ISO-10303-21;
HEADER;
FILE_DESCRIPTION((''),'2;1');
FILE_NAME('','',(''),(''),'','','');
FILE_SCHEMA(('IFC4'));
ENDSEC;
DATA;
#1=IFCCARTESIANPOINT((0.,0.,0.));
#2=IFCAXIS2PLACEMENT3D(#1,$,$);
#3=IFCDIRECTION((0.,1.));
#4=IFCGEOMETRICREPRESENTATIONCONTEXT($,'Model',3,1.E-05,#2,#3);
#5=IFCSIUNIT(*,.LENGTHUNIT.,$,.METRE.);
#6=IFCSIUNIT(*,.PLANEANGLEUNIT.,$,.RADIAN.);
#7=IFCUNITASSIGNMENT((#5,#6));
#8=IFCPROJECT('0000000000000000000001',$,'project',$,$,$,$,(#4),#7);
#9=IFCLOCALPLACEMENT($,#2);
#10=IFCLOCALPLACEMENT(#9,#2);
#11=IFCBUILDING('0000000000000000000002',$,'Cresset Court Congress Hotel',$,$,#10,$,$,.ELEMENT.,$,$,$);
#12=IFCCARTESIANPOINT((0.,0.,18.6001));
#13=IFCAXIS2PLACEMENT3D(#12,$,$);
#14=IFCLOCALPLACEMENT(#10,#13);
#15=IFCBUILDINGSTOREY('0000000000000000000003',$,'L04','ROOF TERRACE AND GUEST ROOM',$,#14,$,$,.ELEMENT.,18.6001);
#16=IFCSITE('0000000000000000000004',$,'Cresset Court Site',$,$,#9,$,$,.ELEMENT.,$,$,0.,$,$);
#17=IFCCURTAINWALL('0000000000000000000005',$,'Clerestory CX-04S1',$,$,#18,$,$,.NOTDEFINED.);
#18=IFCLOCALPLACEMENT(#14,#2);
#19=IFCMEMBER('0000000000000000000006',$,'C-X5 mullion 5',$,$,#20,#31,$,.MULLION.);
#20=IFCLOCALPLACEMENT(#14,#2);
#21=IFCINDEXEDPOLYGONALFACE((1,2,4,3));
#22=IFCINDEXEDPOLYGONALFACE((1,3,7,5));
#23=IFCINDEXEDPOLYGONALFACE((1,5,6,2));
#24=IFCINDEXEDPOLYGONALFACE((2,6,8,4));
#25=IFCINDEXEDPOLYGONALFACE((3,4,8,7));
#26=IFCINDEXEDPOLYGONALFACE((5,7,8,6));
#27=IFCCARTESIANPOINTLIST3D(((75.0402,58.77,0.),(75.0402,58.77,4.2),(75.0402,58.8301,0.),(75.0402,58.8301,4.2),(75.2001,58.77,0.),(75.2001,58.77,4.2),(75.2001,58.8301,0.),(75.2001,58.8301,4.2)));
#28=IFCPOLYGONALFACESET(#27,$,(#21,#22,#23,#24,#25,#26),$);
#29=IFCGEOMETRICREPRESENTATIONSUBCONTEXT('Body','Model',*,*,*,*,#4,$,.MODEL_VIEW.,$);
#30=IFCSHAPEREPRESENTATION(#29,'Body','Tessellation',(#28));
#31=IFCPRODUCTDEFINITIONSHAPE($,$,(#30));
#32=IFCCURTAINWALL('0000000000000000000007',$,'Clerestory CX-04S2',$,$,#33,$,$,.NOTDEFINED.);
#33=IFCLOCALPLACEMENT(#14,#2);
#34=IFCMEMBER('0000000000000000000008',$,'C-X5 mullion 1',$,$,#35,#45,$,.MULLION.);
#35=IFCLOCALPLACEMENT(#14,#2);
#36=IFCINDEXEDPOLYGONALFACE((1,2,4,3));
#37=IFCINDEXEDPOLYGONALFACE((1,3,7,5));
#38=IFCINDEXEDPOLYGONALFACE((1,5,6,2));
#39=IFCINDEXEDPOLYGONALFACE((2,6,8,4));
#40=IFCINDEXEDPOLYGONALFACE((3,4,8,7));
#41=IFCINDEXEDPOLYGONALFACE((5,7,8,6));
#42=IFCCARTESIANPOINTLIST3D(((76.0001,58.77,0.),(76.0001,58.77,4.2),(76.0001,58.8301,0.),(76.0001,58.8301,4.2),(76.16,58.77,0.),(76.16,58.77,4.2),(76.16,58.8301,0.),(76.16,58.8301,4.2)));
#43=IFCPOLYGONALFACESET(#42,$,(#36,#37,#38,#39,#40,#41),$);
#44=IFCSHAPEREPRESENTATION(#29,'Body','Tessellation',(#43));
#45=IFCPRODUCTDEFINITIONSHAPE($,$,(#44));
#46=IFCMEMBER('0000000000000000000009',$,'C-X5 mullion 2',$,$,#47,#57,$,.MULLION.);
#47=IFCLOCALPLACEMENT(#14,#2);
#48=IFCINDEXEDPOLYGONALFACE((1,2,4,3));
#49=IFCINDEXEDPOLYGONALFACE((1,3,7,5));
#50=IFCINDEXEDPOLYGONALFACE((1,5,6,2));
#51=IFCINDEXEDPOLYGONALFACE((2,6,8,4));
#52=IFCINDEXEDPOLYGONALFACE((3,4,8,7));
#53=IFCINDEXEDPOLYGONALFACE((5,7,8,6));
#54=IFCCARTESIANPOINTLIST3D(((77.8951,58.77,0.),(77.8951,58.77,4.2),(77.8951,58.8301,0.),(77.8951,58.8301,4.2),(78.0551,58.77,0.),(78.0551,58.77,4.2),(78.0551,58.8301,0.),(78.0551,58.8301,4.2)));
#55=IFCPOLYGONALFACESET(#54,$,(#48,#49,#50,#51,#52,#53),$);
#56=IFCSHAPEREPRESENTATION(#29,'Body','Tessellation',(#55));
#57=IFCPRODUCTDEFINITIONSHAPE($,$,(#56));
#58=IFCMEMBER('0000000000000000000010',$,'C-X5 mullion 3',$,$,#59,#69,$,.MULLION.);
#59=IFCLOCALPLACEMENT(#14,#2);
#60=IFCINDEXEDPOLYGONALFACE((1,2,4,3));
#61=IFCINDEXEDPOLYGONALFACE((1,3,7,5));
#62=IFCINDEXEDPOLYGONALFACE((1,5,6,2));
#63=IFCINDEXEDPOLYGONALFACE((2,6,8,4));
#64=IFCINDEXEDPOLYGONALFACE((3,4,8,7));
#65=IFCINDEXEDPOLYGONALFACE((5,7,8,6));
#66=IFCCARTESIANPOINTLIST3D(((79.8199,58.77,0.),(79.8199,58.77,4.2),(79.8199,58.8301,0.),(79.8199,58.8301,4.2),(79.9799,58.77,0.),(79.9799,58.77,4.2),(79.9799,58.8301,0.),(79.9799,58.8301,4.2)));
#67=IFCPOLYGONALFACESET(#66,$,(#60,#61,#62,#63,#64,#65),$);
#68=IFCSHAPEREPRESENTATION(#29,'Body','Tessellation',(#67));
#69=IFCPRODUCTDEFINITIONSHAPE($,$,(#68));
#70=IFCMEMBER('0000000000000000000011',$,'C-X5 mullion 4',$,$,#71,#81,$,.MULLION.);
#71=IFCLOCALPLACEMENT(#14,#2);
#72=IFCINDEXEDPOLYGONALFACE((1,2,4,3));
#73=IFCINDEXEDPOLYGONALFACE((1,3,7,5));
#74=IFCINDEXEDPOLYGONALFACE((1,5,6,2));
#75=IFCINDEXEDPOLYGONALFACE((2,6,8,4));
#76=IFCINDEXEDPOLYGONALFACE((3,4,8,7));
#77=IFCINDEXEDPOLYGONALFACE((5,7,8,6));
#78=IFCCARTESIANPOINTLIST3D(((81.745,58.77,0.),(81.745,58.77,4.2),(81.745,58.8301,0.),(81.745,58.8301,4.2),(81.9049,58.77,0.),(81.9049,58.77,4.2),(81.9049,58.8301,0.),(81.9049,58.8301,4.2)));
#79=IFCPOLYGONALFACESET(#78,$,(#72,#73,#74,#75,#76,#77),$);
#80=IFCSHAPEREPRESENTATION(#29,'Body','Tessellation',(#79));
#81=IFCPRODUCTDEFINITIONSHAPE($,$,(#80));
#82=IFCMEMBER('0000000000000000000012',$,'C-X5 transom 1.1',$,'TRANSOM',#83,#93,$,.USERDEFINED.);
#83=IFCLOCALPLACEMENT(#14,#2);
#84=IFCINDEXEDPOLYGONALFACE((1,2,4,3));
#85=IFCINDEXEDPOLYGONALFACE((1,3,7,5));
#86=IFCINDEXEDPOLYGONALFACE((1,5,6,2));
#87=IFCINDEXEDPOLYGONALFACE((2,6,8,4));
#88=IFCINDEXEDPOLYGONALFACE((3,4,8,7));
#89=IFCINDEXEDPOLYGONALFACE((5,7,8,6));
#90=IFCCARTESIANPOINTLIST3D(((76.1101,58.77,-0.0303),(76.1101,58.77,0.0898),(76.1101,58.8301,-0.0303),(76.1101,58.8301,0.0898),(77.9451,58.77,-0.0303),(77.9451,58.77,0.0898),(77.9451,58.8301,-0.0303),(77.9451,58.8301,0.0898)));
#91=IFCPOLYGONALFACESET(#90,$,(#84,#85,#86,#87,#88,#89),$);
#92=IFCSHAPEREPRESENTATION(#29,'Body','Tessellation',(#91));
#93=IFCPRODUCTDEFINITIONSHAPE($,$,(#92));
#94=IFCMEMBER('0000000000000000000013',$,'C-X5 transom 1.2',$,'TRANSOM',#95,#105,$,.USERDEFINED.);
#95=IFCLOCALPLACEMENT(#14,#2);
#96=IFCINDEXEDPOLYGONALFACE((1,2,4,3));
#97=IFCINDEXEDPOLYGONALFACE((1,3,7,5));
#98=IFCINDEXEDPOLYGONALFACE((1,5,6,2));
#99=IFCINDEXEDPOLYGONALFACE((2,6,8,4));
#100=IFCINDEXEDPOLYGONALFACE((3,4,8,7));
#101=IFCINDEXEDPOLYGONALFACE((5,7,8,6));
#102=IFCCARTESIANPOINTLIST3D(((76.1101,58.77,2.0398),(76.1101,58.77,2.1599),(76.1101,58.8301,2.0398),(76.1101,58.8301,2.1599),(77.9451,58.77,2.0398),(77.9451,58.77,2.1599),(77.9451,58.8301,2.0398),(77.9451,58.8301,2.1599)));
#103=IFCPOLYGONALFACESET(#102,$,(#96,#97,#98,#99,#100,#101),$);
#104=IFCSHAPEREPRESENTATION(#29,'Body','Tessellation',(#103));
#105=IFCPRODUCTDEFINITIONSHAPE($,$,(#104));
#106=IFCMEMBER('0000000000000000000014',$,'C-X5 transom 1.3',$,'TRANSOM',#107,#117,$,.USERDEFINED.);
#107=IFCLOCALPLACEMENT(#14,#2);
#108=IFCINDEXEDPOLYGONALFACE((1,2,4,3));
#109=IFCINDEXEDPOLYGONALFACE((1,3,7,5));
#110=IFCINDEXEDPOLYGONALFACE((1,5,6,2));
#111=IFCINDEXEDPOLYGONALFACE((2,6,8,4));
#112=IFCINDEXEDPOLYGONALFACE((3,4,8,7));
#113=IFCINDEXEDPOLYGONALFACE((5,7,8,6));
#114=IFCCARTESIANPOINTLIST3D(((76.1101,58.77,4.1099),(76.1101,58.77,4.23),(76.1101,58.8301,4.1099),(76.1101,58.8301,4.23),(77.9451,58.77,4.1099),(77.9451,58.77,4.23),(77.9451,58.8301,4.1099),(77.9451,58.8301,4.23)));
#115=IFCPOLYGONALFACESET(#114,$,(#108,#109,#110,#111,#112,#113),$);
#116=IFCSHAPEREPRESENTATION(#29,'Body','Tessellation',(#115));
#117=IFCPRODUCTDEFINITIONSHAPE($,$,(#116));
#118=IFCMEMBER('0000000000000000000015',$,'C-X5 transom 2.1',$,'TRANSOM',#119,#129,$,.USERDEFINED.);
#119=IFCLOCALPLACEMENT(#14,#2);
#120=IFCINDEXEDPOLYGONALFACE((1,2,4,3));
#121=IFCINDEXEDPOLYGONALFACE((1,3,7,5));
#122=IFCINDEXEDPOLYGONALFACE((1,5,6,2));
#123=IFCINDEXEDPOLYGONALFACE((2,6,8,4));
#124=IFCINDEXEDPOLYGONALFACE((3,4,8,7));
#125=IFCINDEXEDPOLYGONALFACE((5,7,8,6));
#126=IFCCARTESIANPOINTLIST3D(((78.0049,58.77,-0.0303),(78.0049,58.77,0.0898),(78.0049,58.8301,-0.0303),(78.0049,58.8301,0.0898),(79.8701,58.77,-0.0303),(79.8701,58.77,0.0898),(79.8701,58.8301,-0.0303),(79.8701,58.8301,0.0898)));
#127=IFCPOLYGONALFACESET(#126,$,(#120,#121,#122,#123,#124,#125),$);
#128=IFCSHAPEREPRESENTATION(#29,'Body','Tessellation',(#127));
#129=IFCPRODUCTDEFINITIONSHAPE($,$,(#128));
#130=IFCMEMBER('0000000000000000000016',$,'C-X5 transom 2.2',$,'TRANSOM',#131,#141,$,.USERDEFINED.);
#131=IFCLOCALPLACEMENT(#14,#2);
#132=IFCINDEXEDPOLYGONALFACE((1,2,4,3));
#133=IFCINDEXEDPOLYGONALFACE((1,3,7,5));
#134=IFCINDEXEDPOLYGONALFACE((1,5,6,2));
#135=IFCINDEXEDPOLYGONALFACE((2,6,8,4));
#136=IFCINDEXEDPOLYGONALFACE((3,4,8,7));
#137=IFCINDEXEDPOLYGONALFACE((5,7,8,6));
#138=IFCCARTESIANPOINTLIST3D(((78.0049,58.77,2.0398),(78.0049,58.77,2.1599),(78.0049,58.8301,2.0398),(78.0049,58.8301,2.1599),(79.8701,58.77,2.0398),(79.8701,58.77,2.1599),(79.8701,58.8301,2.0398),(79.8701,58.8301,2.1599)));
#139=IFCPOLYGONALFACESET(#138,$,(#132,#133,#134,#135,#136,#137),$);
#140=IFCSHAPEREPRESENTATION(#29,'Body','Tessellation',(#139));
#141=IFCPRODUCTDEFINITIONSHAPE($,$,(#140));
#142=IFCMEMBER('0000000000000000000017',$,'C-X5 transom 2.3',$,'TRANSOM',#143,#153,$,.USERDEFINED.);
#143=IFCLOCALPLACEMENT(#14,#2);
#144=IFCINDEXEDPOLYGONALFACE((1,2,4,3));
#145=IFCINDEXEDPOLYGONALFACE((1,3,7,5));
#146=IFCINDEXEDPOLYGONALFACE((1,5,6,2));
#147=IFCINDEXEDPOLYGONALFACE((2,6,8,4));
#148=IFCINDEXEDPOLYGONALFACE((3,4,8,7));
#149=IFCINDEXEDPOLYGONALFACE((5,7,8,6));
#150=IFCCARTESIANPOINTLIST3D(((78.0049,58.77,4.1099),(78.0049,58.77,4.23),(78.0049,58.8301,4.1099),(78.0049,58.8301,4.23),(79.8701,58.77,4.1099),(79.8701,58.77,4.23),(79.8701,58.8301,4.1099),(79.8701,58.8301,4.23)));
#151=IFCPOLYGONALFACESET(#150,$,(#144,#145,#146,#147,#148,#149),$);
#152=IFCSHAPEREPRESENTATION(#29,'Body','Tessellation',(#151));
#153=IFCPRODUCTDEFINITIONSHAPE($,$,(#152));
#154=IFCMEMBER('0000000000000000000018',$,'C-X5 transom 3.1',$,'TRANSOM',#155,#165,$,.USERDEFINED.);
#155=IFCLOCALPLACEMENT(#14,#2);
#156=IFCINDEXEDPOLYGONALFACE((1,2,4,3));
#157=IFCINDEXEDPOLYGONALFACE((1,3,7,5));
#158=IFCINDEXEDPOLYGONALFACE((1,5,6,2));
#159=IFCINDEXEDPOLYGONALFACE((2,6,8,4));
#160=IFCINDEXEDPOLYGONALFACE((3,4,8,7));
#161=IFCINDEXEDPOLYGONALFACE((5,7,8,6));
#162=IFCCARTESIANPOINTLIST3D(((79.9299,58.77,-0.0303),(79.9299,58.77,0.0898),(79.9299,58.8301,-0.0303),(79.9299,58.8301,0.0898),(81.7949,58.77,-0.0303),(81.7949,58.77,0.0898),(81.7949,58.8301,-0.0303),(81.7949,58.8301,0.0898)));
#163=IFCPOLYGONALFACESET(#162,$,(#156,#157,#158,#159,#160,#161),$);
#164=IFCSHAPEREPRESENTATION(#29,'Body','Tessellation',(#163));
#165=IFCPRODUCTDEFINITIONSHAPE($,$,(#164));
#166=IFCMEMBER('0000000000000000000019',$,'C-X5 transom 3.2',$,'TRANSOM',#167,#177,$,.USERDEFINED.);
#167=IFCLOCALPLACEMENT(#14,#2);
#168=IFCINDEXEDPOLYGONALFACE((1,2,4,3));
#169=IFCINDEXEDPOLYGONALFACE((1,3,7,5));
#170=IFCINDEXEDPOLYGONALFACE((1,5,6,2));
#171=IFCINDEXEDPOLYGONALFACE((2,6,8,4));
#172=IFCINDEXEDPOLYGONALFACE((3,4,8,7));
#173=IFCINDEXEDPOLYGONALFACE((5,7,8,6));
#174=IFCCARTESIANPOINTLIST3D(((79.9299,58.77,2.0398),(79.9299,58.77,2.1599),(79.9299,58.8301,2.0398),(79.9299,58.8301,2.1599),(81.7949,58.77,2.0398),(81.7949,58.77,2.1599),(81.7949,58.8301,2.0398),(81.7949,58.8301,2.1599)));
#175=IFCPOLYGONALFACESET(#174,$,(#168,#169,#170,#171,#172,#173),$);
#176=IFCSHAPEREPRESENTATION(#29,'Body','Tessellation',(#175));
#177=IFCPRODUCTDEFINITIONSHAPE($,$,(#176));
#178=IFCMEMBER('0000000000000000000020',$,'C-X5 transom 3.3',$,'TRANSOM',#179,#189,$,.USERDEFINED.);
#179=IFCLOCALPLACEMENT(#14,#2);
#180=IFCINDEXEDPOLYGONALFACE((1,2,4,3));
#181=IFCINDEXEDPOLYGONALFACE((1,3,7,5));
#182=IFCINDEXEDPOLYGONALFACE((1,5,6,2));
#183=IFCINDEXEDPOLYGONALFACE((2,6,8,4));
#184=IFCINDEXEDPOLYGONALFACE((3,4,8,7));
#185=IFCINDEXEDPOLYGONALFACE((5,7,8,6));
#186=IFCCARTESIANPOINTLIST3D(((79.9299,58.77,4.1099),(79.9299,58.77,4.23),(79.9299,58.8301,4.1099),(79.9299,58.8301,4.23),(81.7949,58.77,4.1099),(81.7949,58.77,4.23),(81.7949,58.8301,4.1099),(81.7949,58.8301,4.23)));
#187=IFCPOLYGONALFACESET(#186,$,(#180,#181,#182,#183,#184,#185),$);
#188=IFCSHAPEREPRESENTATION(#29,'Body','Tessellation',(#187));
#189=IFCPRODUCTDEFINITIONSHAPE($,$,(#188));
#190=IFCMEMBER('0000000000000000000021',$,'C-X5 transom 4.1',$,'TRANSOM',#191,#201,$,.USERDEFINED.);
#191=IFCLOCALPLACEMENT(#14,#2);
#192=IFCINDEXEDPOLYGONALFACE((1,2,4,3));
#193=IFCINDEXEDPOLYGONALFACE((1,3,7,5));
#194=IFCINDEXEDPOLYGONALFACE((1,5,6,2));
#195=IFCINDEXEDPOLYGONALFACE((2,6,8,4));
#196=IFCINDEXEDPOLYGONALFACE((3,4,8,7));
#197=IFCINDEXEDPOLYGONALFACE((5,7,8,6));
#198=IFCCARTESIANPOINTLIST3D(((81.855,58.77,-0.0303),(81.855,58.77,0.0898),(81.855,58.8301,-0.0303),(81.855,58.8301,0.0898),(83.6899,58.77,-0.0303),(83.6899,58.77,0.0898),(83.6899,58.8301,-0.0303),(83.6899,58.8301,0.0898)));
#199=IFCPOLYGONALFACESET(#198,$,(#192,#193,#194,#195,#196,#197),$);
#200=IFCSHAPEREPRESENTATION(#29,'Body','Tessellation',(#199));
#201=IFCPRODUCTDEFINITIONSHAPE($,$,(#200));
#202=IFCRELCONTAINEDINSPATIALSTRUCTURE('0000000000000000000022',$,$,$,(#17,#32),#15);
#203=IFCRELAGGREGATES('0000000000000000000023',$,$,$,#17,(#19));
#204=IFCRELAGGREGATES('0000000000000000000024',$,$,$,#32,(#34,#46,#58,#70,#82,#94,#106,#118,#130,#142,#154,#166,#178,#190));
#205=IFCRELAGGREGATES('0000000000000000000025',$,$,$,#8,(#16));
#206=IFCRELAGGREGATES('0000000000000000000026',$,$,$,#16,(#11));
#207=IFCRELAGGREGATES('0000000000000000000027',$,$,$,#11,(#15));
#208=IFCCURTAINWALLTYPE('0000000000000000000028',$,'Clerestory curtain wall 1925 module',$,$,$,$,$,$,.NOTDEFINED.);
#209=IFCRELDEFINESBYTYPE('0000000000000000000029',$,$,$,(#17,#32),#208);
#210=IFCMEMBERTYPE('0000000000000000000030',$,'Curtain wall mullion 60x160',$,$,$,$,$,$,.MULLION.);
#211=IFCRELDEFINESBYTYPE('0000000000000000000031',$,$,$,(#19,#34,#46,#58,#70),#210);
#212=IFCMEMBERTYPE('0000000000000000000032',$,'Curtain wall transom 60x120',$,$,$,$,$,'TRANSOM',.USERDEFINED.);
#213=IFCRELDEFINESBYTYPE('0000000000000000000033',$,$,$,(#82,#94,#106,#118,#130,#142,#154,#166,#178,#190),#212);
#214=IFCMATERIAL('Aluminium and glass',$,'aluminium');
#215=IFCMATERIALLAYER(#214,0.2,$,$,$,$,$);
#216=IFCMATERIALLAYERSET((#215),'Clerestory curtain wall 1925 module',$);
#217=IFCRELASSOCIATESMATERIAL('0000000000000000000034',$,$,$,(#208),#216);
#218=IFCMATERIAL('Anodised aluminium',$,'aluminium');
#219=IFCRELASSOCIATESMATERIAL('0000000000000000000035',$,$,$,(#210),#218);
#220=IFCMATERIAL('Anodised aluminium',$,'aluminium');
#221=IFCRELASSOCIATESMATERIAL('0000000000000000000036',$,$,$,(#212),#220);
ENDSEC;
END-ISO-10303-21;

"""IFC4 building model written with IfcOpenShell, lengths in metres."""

from ifc_helpers import new_model, si_unit, direction, frame, origin, origin_2d, place, context, subcontext, project, spatial, rectangle, extrude, material, layer, layer_set, material_profile, profile_set, type_object, element, aggregate, save


model = new_model("IFC4")

# Units and contexts
model_context = context("Model", 3, precision=1e-05, world=origin(), true_north=direction((0.0, 1.0)))
body_context = subcontext(model_context, "Body", "Model", "MODEL_VIEW")
ifc_project = project(units=[si_unit("LENGTHUNIT", "METRE"), si_unit("PLANEANGLEUNIT", "RADIAN")], contexts=[model_context])

# Site, building, storey
site_placement = place(None, origin())
site = spatial("IfcSite", under=ifc_project, at=site_placement, Name="Cresset Court Site", CompositionType="ELEMENT", RefElevation=0.0)
building_placement = place(site_placement, origin())
building = spatial("IfcBuilding", under=site, at=building_placement, Name="Cresset Court Congress Hotel", CompositionType="ELEMENT")
storey_placement = place(building_placement, frame((0.0, 0.0, 18.6001)))
storey = spatial("IfcBuildingStorey", under=building, at=storey_placement, Name="L04", Description="ROOF TERRACE AND GUEST ROOM", CompositionType="ELEMENT", Elevation=18.6001)

# Curtain wall, member
ifc_material_1 = material(Name="Aluminium and glass", Category="aluminium")
ifc_layer_1 = layer(ifc_material_1, 0.2)
ifc_layer_set_1 = layer_set([ifc_layer_1], Name="Clerestory curtain wall 1925 module")
curtain_wall_type = type_object("IfcCurtainWallType", Name="Clerestory curtain wall 1925 module", PredefinedType="NOTDEFINED", material=ifc_layer_set_1)
curtain_wall_1_placement = place(storey_placement, origin())
curtain_wall_1 = element("IfcCurtainWall", 1, at=curtain_wall_1_placement, inside=storey, type_object=curtain_wall_type, Name="Clerestory CX-04S1", PredefinedType="NOTDEFINED")
ifc_material_2 = material(Name="Anodised aluminium", Category="aluminium")
ifc_material_profile_1 = material_profile(ifc_material_2, rectangle(XDim=0.0601, YDim=0.1599, at=origin_2d()), Name="AL60x160")
ifc_profile_set_1 = profile_set([ifc_material_profile_1], Name="Anodised aluminium")
member_type_1 = type_object("IfcMemberType", Name="Curtain wall mullion 60x160", PredefinedType="MULLION", material=ifc_profile_set_1)
member_1_placement = place(storey_placement, frame((75.1201, 58.8, 0.0), z_axis=(0.0, 0.0, 1.0), x_axis=(0.0, 1.0, 0.0)))
member_1 = element("IfcMember", 2, at=member_1_placement, type_object=member_type_1, Name="C-X5 mullion 5", PredefinedType="MULLION", context=body_context, shape_type="SweptSolid", body=[
    extrude(rectangle(XDim=0.0601, YDim=0.1599, at=origin_2d()), origin(), (0.0, 0.0, 1.0), 4.2),
])

# Curtain wall, members
curtain_wall_2_placement = place(storey_placement, origin())
curtain_wall_2 = element("IfcCurtainWall", 3, at=curtain_wall_2_placement, inside=storey, type_object=curtain_wall_type, Name="Clerestory CX-04S2", PredefinedType="NOTDEFINED")
member_2_placement = place(storey_placement, frame((76.0801, 58.8, 0.0), z_axis=(0.0, 0.0, 1.0), x_axis=(0.0, 1.0, 0.0)))
member_2 = element("IfcMember", 4, at=member_2_placement, type_object=member_type_1, Name="C-X5 mullion 1", PredefinedType="MULLION", context=body_context, shape_type="SweptSolid", body=[
    extrude(rectangle(XDim=0.0601, YDim=0.1599, at=origin_2d()), origin(), (0.0, 0.0, 1.0), 4.2),
])
member_3_placement = place(storey_placement, frame((77.9751, 58.8, 0.0), z_axis=(0.0, 0.0, 1.0), x_axis=(0.0, 1.0, 0.0)))
member_3 = element("IfcMember", 5, at=member_3_placement, type_object=member_type_1, Name="C-X5 mullion 2", PredefinedType="MULLION", context=body_context, shape_type="SweptSolid", body=[
    extrude(rectangle(XDim=0.0601, YDim=0.1599, at=origin_2d()), origin(), (0.0, 0.0, 1.0), 4.2),
])
member_4_placement = place(storey_placement, frame((79.8999, 58.8, 0.0), z_axis=(0.0, 0.0, 1.0), x_axis=(0.0, 1.0, 0.0)))
member_4 = element("IfcMember", 6, at=member_4_placement, type_object=member_type_1, Name="C-X5 mullion 3", PredefinedType="MULLION", context=body_context, shape_type="SweptSolid", body=[
    extrude(rectangle(XDim=0.0601, YDim=0.1599, at=origin_2d()), origin(), (0.0, 0.0, 1.0), 4.2),
])
member_5_placement = place(storey_placement, frame((81.825, 58.8, 0.0), z_axis=(0.0, 0.0, 1.0), x_axis=(0.0, 1.0, 0.0)))
member_5 = element("IfcMember", 7, at=member_5_placement, type_object=member_type_1, Name="C-X5 mullion 4", PredefinedType="MULLION", context=body_context, shape_type="SweptSolid", body=[
    extrude(rectangle(XDim=0.0601, YDim=0.1599, at=origin_2d()), origin(), (0.0, 0.0, 1.0), 4.2),
])
ifc_material_3 = material(Name="Anodised aluminium", Category="aluminium")
ifc_material_profile_2 = material_profile(ifc_material_3, rectangle(XDim=0.0601, YDim=0.1201, at=origin_2d()), Name="AL60x120")
ifc_profile_set_2 = profile_set([ifc_material_profile_2], Name="Anodised aluminium")
member_type_2 = type_object("IfcMemberType", Name="Curtain wall transom 60x120", ElementType="TRANSOM", PredefinedType="USERDEFINED", material=ifc_profile_set_2)
member_6_placement = place(storey_placement, frame((76.1101, 58.8, 0.0298), z_axis=(1.0, 0.0, 0.0), x_axis=(0.0, 1.0, 0.0)))
member_6 = element("IfcMember", 8, at=member_6_placement, type_object=member_type_2, Name="C-X5 transom 1.1", ObjectType="TRANSOM", PredefinedType="USERDEFINED", context=body_context, shape_type="SweptSolid", body=[
    extrude(rectangle(XDim=0.0601, YDim=0.1201, at=origin_2d()), origin(), (0.0, 0.0, 1.0), 1.835),
])
member_7_placement = place(storey_placement, frame((76.1101, 58.8, 2.0999), z_axis=(1.0, 0.0, 0.0), x_axis=(0.0, 1.0, 0.0)))
member_7 = element("IfcMember", 9, at=member_7_placement, type_object=member_type_2, Name="C-X5 transom 1.2", ObjectType="TRANSOM", PredefinedType="USERDEFINED", context=body_context, shape_type="SweptSolid", body=[
    extrude(rectangle(XDim=0.0601, YDim=0.1201, at=origin_2d()), origin(), (0.0, 0.0, 1.0), 1.835),
])
member_8_placement = place(storey_placement, frame((76.1101, 58.8, 4.1699), z_axis=(1.0, 0.0, 0.0), x_axis=(0.0, 1.0, 0.0)))
member_8 = element("IfcMember", 10, at=member_8_placement, type_object=member_type_2, Name="C-X5 transom 1.3", ObjectType="TRANSOM", PredefinedType="USERDEFINED", context=body_context, shape_type="SweptSolid", body=[
    extrude(rectangle(XDim=0.0601, YDim=0.1201, at=origin_2d()), origin(), (0.0, 0.0, 1.0), 1.835),
])
member_9_placement = place(storey_placement, frame((78.0049, 58.8, 0.0298), z_axis=(1.0, 0.0, 0.0), x_axis=(0.0, 1.0, 0.0)))
member_9 = element("IfcMember", 11, at=member_9_placement, type_object=member_type_2, Name="C-X5 transom 2.1", ObjectType="TRANSOM", PredefinedType="USERDEFINED", context=body_context, shape_type="SweptSolid", body=[
    extrude(rectangle(XDim=0.0601, YDim=0.1201, at=origin_2d()), origin(), (0.0, 0.0, 1.0), 1.8652),
])
member_10_placement = place(storey_placement, frame((78.0049, 58.8, 2.0999), z_axis=(1.0, 0.0, 0.0), x_axis=(0.0, 1.0, 0.0)))
member_10 = element("IfcMember", 12, at=member_10_placement, type_object=member_type_2, Name="C-X5 transom 2.2", ObjectType="TRANSOM", PredefinedType="USERDEFINED", context=body_context, shape_type="SweptSolid", body=[
    extrude(rectangle(XDim=0.0601, YDim=0.1201, at=origin_2d()), origin(), (0.0, 0.0, 1.0), 1.8652),
])
member_11_placement = place(storey_placement, frame((78.0049, 58.8, 4.1699), z_axis=(1.0, 0.0, 0.0), x_axis=(0.0, 1.0, 0.0)))
member_11 = element("IfcMember", 13, at=member_11_placement, type_object=member_type_2, Name="C-X5 transom 2.3", ObjectType="TRANSOM", PredefinedType="USERDEFINED", context=body_context, shape_type="SweptSolid", body=[
    extrude(rectangle(XDim=0.0601, YDim=0.1201, at=origin_2d()), origin(), (0.0, 0.0, 1.0), 1.8652),
])
member_12_placement = place(storey_placement, frame((79.9299, 58.8, 0.0298), z_axis=(1.0, 0.0, 0.0), x_axis=(0.0, 1.0, 0.0)))
member_12 = element("IfcMember", 14, at=member_12_placement, type_object=member_type_2, Name="C-X5 transom 3.1", ObjectType="TRANSOM", PredefinedType="USERDEFINED", context=body_context, shape_type="SweptSolid", body=[
    extrude(rectangle(XDim=0.0601, YDim=0.1201, at=origin_2d()), origin(), (0.0, 0.0, 1.0), 1.865),
])
member_13_placement = place(storey_placement, frame((79.9299, 58.8, 2.0999), z_axis=(1.0, 0.0, 0.0), x_axis=(0.0, 1.0, 0.0)))
member_13 = element("IfcMember", 15, at=member_13_placement, type_object=member_type_2, Name="C-X5 transom 3.2", ObjectType="TRANSOM", PredefinedType="USERDEFINED", context=body_context, shape_type="SweptSolid", body=[
    extrude(rectangle(XDim=0.0601, YDim=0.1201, at=origin_2d()), origin(), (0.0, 0.0, 1.0), 1.865),
])
member_14_placement = place(storey_placement, frame((79.9299, 58.8, 4.1699), z_axis=(1.0, 0.0, 0.0), x_axis=(0.0, 1.0, 0.0)))
member_14 = element("IfcMember", 16, at=member_14_placement, type_object=member_type_2, Name="C-X5 transom 3.3", ObjectType="TRANSOM", PredefinedType="USERDEFINED", context=body_context, shape_type="SweptSolid", body=[
    extrude(rectangle(XDim=0.0601, YDim=0.1201, at=origin_2d()), origin(), (0.0, 0.0, 1.0), 1.865),
])
member_15_placement = place(storey_placement, frame((81.855, 58.8, 0.0298), z_axis=(1.0, 0.0, 0.0), x_axis=(0.0, 1.0, 0.0)))
member_15 = element("IfcMember", 17, at=member_15_placement, type_object=member_type_2, Name="C-X5 transom 4.1", ObjectType="TRANSOM", PredefinedType="USERDEFINED", context=body_context, shape_type="SweptSolid", body=[
    extrude(rectangle(XDim=0.0601, YDim=0.1201, at=origin_2d()), origin(), (0.0, 0.0, 1.0), 1.835),
])

aggregate(curtain_wall_1, [member_1])
aggregate(curtain_wall_2, [member_2, member_3, member_4, member_5, member_6, member_7, member_8, member_9, member_10, member_11, member_12, member_13, member_14, member_15])

save(model, "model.ifc")
